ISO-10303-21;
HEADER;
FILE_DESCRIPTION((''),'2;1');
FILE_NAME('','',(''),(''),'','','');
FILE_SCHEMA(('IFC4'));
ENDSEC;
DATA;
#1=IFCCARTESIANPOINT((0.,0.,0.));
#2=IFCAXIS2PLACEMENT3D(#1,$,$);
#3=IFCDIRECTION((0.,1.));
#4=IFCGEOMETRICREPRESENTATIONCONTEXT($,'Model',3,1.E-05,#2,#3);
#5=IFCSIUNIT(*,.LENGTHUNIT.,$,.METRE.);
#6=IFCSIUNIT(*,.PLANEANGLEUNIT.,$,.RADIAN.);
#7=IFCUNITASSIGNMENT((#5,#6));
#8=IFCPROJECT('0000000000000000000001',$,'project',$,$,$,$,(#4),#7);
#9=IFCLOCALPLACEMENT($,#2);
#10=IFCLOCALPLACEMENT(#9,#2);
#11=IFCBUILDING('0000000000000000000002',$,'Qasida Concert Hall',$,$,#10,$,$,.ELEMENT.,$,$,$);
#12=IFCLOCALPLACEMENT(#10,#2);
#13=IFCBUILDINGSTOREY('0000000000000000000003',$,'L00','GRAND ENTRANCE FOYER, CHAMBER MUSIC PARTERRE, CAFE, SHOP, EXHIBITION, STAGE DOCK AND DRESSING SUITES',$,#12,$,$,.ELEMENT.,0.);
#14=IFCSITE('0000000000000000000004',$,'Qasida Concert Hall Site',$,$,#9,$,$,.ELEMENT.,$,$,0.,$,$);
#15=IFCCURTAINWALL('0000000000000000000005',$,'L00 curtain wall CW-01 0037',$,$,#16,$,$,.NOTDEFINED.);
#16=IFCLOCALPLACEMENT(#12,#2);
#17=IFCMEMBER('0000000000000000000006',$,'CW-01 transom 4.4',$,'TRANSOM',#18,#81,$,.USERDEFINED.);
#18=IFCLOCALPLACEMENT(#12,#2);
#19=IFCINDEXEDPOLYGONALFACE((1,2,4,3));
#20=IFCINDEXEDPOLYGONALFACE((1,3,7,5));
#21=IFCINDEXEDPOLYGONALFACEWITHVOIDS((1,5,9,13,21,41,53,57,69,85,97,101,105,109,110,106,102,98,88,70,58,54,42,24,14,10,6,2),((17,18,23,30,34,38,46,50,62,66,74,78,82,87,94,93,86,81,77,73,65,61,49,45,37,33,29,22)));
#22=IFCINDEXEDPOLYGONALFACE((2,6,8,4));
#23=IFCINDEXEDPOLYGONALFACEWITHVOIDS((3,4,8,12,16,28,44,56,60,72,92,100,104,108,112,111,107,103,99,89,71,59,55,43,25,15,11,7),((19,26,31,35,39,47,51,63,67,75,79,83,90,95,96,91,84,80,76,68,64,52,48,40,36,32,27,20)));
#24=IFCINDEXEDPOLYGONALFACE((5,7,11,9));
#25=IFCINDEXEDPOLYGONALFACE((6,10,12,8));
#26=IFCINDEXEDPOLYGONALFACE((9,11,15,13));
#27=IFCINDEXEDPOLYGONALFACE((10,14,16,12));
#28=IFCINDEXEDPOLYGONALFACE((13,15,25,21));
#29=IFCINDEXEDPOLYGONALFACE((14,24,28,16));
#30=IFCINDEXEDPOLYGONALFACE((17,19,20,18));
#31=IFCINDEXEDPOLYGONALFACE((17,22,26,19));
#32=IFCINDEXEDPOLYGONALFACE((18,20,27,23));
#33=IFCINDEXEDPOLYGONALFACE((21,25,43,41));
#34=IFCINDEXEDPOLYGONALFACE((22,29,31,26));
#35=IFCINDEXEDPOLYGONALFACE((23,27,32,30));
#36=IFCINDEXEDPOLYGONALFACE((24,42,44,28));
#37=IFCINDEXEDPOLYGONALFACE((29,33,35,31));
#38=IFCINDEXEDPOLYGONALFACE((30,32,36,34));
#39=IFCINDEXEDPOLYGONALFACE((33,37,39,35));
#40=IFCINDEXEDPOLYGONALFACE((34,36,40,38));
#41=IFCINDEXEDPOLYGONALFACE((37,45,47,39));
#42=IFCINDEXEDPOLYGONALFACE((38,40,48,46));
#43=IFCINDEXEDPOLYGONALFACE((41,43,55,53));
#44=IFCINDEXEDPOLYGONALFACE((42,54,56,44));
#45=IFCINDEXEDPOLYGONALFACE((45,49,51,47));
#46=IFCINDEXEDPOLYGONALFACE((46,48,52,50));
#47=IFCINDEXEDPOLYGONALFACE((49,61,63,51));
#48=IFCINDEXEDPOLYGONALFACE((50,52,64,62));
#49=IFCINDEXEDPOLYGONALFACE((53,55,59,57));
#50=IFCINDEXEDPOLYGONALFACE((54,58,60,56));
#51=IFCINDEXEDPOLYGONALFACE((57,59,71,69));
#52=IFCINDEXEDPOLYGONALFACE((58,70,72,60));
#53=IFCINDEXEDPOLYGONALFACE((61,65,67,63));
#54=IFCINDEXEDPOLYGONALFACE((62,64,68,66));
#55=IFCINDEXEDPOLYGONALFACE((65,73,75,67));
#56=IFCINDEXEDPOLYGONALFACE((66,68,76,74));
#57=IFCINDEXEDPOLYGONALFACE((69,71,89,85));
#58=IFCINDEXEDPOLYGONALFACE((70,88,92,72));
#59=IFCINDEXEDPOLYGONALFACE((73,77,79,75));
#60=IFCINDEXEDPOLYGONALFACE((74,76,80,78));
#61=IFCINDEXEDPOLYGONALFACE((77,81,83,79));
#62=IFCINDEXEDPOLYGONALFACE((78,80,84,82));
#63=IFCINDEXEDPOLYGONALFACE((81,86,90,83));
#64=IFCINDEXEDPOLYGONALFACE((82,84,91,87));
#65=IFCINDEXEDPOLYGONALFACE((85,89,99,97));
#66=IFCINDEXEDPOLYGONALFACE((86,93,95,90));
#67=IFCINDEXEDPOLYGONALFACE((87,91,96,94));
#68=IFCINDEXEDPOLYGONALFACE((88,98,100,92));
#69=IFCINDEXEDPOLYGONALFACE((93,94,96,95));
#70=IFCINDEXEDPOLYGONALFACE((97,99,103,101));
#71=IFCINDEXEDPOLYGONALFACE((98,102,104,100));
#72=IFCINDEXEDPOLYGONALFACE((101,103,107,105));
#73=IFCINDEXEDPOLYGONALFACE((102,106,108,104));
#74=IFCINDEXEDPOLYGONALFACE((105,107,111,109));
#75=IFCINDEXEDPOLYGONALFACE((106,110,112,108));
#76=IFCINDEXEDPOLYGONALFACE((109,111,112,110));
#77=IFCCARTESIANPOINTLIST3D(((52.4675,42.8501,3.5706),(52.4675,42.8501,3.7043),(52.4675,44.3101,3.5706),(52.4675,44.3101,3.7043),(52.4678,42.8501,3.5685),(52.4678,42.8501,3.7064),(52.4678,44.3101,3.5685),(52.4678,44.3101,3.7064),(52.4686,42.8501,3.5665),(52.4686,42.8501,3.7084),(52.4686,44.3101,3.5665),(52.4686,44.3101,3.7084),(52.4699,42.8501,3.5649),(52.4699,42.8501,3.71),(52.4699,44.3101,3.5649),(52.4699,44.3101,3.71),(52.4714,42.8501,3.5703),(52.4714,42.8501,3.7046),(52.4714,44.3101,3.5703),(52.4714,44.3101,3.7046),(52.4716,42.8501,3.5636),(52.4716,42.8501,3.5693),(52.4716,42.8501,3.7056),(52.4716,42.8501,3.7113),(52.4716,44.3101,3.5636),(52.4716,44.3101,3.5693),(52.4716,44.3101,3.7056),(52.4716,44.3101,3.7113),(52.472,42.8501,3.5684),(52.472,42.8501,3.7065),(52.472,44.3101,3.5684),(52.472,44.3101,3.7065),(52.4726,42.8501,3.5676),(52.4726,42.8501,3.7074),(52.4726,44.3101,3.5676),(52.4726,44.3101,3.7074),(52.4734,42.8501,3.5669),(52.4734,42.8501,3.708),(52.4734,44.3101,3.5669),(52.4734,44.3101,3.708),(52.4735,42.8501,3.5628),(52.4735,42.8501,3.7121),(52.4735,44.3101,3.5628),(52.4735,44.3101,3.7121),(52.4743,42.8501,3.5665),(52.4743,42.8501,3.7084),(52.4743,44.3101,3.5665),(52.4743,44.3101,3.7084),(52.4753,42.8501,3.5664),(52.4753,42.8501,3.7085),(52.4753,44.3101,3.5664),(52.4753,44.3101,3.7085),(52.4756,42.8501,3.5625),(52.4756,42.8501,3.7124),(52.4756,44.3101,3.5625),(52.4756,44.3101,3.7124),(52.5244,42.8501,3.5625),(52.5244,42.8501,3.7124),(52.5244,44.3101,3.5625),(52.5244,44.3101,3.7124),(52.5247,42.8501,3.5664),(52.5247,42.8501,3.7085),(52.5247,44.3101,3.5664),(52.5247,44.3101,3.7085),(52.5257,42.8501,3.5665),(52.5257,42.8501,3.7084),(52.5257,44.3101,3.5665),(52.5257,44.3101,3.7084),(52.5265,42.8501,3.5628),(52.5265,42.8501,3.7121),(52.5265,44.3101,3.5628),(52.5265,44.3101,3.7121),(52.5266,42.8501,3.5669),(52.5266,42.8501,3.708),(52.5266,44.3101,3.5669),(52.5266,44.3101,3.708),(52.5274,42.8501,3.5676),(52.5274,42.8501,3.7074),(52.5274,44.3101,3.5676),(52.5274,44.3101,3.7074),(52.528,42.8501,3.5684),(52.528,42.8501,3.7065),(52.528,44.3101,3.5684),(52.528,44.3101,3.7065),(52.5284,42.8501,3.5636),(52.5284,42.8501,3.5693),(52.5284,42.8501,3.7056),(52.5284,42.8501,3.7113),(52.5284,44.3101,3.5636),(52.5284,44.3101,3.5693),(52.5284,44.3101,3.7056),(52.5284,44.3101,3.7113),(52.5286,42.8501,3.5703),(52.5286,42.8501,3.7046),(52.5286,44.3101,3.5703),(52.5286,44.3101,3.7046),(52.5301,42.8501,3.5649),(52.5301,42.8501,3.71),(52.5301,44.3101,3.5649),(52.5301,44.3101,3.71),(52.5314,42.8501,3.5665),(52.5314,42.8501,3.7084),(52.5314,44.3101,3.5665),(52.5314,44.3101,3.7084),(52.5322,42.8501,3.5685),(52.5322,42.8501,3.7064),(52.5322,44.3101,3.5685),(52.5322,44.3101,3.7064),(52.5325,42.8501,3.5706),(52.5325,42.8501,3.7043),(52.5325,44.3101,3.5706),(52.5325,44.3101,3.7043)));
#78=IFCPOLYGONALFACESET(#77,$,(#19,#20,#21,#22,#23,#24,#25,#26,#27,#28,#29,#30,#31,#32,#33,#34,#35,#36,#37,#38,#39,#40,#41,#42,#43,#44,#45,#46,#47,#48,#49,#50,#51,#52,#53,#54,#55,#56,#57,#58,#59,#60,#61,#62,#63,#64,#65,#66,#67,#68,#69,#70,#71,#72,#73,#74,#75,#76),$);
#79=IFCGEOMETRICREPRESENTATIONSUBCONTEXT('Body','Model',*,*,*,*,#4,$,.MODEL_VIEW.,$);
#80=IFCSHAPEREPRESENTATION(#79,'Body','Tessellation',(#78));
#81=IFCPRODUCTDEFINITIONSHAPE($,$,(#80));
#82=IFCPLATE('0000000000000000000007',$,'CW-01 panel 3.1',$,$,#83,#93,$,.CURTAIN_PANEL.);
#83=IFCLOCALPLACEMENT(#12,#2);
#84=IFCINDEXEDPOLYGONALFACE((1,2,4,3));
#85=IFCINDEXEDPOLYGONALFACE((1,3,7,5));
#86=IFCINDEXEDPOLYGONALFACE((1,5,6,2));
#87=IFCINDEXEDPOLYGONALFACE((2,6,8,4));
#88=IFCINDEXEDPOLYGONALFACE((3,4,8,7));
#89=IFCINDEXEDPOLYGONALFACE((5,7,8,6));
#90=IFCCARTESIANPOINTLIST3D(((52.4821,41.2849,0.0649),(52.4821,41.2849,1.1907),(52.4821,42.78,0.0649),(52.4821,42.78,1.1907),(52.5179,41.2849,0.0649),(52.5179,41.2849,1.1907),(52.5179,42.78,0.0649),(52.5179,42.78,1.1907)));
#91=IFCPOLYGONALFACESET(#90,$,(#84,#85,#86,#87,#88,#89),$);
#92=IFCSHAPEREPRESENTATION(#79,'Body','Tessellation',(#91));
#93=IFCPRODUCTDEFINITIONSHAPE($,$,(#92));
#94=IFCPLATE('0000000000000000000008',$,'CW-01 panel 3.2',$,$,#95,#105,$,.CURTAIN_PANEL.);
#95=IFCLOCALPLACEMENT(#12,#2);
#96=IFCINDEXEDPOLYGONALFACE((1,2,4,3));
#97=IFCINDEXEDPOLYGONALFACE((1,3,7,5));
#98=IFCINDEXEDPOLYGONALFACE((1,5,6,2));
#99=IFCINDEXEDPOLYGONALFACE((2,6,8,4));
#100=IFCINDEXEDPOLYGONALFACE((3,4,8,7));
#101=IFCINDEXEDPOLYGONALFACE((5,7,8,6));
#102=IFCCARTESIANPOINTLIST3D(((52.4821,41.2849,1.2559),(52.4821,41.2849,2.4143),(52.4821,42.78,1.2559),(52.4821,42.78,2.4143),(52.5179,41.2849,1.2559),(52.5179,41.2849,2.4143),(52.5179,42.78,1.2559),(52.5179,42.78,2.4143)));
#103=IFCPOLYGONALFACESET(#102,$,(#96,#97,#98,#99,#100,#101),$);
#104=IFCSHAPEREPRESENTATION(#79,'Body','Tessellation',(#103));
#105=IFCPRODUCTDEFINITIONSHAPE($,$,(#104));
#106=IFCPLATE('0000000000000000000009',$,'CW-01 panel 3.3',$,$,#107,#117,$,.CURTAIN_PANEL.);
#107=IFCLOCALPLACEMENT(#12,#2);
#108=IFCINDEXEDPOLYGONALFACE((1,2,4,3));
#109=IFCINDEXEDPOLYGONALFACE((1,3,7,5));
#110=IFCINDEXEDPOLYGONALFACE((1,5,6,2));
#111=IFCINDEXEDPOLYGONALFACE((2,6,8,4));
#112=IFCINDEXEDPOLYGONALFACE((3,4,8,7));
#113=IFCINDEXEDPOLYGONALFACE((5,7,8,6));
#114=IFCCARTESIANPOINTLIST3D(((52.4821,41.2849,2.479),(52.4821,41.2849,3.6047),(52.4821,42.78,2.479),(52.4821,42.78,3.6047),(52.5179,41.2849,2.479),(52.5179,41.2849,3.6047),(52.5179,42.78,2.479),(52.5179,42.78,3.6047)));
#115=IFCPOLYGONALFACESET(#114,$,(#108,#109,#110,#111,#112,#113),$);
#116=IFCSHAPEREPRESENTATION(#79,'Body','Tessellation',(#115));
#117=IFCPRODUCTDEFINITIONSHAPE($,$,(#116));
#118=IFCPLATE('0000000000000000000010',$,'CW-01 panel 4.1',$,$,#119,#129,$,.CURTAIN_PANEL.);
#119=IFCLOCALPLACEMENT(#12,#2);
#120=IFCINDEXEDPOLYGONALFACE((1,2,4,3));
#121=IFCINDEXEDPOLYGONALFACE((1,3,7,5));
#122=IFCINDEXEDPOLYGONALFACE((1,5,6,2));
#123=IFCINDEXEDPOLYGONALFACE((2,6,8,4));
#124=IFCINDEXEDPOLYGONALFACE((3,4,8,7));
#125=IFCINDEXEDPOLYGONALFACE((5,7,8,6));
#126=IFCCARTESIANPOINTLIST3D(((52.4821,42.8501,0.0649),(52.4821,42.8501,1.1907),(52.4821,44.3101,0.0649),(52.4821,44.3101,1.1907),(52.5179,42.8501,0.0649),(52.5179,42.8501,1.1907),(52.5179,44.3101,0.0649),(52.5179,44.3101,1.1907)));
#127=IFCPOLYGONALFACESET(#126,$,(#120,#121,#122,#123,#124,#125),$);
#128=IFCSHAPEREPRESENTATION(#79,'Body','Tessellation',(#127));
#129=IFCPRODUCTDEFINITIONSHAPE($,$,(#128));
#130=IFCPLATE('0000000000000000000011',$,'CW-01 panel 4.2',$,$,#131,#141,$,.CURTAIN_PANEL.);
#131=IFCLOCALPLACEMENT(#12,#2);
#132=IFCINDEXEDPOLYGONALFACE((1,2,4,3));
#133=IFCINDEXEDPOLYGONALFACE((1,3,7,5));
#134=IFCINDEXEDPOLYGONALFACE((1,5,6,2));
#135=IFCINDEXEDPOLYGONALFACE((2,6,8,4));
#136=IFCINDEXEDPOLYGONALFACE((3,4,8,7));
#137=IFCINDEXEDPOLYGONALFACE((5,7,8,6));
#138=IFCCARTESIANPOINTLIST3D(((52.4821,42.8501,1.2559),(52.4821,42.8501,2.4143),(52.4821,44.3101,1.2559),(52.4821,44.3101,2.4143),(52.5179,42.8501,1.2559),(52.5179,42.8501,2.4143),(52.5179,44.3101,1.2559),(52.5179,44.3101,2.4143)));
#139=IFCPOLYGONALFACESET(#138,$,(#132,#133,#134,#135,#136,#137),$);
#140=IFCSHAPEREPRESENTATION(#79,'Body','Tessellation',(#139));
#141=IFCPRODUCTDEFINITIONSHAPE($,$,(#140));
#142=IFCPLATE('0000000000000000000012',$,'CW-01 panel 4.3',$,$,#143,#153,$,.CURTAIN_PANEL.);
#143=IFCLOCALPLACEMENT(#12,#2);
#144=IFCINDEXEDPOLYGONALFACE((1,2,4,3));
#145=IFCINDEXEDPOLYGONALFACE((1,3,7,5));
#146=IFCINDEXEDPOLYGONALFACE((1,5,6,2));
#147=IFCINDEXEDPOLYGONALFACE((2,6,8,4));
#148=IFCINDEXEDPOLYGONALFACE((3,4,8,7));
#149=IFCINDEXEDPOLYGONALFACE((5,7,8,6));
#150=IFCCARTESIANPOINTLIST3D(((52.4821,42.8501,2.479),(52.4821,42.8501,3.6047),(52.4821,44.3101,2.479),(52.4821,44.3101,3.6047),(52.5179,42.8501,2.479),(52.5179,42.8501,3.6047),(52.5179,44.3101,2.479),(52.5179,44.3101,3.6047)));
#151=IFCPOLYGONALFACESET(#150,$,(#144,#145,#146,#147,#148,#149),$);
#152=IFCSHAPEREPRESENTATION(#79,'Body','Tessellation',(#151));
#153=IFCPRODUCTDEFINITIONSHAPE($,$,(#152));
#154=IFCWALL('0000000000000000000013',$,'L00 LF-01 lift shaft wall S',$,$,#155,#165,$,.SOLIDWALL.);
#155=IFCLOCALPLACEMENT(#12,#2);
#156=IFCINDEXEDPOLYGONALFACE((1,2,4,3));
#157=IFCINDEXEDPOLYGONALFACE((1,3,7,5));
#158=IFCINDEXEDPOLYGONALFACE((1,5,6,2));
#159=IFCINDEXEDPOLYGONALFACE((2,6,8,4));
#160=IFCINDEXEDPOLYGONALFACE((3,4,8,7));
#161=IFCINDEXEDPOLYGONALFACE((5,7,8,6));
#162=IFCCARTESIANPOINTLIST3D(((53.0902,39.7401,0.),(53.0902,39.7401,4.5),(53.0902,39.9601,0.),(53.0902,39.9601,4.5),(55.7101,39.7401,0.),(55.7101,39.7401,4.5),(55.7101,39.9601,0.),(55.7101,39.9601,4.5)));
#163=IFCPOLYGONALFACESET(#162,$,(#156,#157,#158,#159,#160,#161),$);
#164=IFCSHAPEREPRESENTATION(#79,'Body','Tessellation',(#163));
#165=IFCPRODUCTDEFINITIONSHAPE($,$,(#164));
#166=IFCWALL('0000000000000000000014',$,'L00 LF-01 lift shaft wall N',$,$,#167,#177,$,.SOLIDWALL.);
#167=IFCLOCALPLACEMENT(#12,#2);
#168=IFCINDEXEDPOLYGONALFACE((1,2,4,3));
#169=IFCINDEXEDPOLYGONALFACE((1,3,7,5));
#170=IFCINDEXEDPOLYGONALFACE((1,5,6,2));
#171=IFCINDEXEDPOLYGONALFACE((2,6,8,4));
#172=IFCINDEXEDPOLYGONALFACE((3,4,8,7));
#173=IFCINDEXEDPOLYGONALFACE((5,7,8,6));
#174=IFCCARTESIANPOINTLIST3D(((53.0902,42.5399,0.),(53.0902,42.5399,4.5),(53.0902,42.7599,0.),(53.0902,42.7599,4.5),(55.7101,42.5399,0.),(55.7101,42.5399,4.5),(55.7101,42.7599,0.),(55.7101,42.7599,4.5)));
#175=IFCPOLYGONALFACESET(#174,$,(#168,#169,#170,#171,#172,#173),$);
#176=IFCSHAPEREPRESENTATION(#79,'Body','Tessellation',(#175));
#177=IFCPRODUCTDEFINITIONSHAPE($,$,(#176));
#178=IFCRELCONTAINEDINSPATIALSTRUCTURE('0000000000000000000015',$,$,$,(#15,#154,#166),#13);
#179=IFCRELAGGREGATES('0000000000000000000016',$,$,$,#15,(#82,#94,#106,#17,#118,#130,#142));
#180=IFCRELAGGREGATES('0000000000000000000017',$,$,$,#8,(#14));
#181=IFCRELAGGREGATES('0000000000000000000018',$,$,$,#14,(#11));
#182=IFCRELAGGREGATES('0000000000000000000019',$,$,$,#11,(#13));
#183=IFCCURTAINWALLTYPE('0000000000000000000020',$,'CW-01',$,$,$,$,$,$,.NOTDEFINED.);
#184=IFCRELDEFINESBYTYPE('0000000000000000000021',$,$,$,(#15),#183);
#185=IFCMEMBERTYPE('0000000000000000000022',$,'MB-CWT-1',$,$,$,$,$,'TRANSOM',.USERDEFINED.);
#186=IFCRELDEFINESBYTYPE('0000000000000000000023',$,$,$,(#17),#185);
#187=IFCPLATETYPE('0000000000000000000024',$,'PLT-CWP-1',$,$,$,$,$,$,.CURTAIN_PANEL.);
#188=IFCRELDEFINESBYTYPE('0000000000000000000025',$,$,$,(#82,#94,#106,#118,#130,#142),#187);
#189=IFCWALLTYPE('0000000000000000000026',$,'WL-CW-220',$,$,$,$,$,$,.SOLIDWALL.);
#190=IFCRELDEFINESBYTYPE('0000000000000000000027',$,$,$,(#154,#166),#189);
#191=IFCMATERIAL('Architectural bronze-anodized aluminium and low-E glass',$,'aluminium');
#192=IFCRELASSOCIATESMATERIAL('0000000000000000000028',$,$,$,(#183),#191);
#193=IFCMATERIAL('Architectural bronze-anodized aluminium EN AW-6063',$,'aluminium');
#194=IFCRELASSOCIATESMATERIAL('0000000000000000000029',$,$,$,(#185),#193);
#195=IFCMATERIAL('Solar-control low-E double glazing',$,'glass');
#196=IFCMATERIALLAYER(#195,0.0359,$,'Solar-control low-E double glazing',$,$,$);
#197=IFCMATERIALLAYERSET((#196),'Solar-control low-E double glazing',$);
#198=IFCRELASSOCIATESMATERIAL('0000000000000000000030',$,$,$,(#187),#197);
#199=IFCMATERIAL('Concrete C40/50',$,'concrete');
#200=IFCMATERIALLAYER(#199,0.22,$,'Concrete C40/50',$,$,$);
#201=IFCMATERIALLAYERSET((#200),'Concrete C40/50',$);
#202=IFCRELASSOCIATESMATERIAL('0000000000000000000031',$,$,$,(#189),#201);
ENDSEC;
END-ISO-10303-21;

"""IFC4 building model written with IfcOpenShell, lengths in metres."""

from ifc_helpers import new_model, si_unit, direction, frame, frame_2d, origin, origin_2d, place, context, subcontext, project, spatial, rectangle, hollow_rectangle, extrude, material, layer, layer_set, material_profile, profile_set, type_object, element, aggregate, save


model = new_model("IFC4")

# Units and contexts
model_context = context("Model", 3, precision=1e-05, world=origin(), true_north=direction((0.0, 1.0)))
body_context = subcontext(model_context, "Body", "Model", "MODEL_VIEW")
ifc_project = project(units=[si_unit("LENGTHUNIT", "METRE"), si_unit("PLANEANGLEUNIT", "RADIAN")], contexts=[model_context])

# Site, building, storey
site_placement = place(None, origin())
site = spatial("IfcSite", under=ifc_project, at=site_placement, Name="Qasida Concert Hall Site", CompositionType="ELEMENT", RefElevation=0.0)
building_placement = place(site_placement, origin())
building = spatial("IfcBuilding", under=site, at=building_placement, Name="Qasida Concert Hall", CompositionType="ELEMENT")
storey_placement = place(building_placement, origin())
storey = spatial("IfcBuildingStorey", under=building, at=storey_placement, Name="L00", Description="GRAND ENTRANCE FOYER, CHAMBER MUSIC PARTERRE, CAFE, SHOP, EXHIBITION, STAGE DOCK AND DRESSING SUITES", CompositionType="ELEMENT", Elevation=0.0)

# Shared definitions
ifc_material_1 = material(Name="Concrete C40/50", Category="concrete")

# Curtain wall, member, plates
ifc_material_2 = material(Name="Architectural bronze-anodized aluminium and low-E glass", Category="aluminium")
curtain_wall_type = type_object("IfcCurtainWallType", Name="CW-01", PredefinedType="NOTDEFINED", material=ifc_material_2)
curtain_wall_placement = place(storey_placement, origin())
curtain_wall = element("IfcCurtainWall", 1, at=curtain_wall_placement, inside=storey, type_object=curtain_wall_type, Name="L00 curtain wall CW-01 0037", PredefinedType="NOTDEFINED")
ifc_material_3 = material(Name="Architectural bronze-anodized aluminium EN AW-6063", Category="aluminium")
ifc_material_profile_1 = material_profile(ifc_material_3, hollow_rectangle(XDim=0.0649, YDim=0.1499, WallThickness=0.0039, InnerFilletRadius=0.0039, OuterFilletRadius=0.0081, at=origin_2d()), Name="CWT 150x65x4")
ifc_profile_set_1 = profile_set([ifc_material_profile_1], Name="Architectural bronze-anodized aluminium EN AW-6063")
member_type_1 = type_object("IfcMemberType", Name="MB-CWT-1", ElementType="TRANSOM", PredefinedType="USERDEFINED", material=ifc_profile_set_1)
member_1_placement = place(storey_placement, frame((52.5, 42.8501, 3.6375), z_axis=(0.0, 1.0, 0.0), x_axis=(-1.0, 0.0, 0.0)))
member_1 = element("IfcMember", 2, at=member_1_placement, type_object=member_type_1, Name="CW-01 transom 4.4", ObjectType="TRANSOM", PredefinedType="USERDEFINED", context=body_context, shape_type="SweptSolid", body=[
    extrude(hollow_rectangle(XDim=0.0649, YDim=0.1499, WallThickness=0.0039, InnerFilletRadius=0.0039, OuterFilletRadius=0.0081, at=origin_2d()), origin(), (0.0, 0.0, 1.0), 1.46),
])
ifc_material_4 = material(Name="Solar-control low-E double glazing", Category="glass")
ifc_layer_1 = layer(ifc_material_4, 0.0359, Name="Solar-control low-E double glazing")
ifc_layer_set_1 = layer_set([ifc_layer_1], Name="Solar-control low-E double glazing")
plate_type = type_object("IfcPlateType", Name="PLT-CWP-1", PredefinedType="CURTAIN_PANEL", material=ifc_layer_set_1)
plate_1_placement = place(storey_placement, frame((52.5, 42.0325, 0.0649), z_axis=(0.0, 0.0, 1.0), x_axis=(0.0, 1.0, 0.0)))
plate_1 = element("IfcPlate", 3, at=plate_1_placement, type_object=plate_type, Name="CW-01 panel 3.1", PredefinedType="CURTAIN_PANEL", context=body_context, shape_type="SweptSolid", body=[
    extrude(rectangle(XDim=1.4951, YDim=0.0359, at=origin_2d()), origin(), (0.0, 0.0, 1.0), 1.1257),
])
plate_2_placement = place(storey_placement, frame((52.5, 42.0325, 1.2559), z_axis=(0.0, 0.0, 1.0), x_axis=(0.0, 1.0, 0.0)))
plate_2 = element("IfcPlate", 4, at=plate_2_placement, type_object=plate_type, Name="CW-01 panel 3.2", PredefinedType="CURTAIN_PANEL", context=body_context, shape_type="SweptSolid", body=[
    extrude(rectangle(XDim=1.4951, YDim=0.0359, at=origin_2d()), origin(), (0.0, 0.0, 1.0), 1.1584),
])
plate_3_placement = place(storey_placement, frame((52.5, 42.0325, 2.479), z_axis=(0.0, 0.0, 1.0), x_axis=(0.0, 1.0, 0.0)))
plate_3 = element("IfcPlate", 5, at=plate_3_placement, type_object=plate_type, Name="CW-01 panel 3.3", PredefinedType="CURTAIN_PANEL", context=body_context, shape_type="SweptSolid", body=[
    extrude(rectangle(XDim=1.4951, YDim=0.0359, at=origin_2d()), origin(), (0.0, 0.0, 1.0), 1.1257),
])
plate_4_placement = place(storey_placement, frame((52.5, 43.5801, 0.0649), z_axis=(0.0, 0.0, 1.0), x_axis=(0.0, 1.0, 0.0)))
plate_4 = element("IfcPlate", 6, at=plate_4_placement, type_object=plate_type, Name="CW-01 panel 4.1", PredefinedType="CURTAIN_PANEL", context=body_context, shape_type="SweptSolid", body=[
    extrude(rectangle(XDim=1.46, YDim=0.0359, at=origin_2d()), origin(), (0.0, 0.0, 1.0), 1.1257),
])
plate_5_placement = place(storey_placement, frame((52.5, 43.5801, 1.2559), z_axis=(0.0, 0.0, 1.0), x_axis=(0.0, 1.0, 0.0)))
plate_5 = element("IfcPlate", 7, at=plate_5_placement, type_object=plate_type, Name="CW-01 panel 4.2", PredefinedType="CURTAIN_PANEL", context=body_context, shape_type="SweptSolid", body=[
    extrude(rectangle(XDim=1.46, YDim=0.0359, at=origin_2d()), origin(), (0.0, 0.0, 1.0), 1.1584),
])
plate_6_placement = place(storey_placement, frame((52.5, 43.5801, 2.479), z_axis=(0.0, 0.0, 1.0), x_axis=(0.0, 1.0, 0.0)))
plate_6 = element("IfcPlate", 8, at=plate_6_placement, type_object=plate_type, Name="CW-01 panel 4.3", PredefinedType="CURTAIN_PANEL", context=body_context, shape_type="SweptSolid", body=[
    extrude(rectangle(XDim=1.46, YDim=0.0359, at=origin_2d()), origin(), (0.0, 0.0, 1.0), 1.1257),
])
aggregate(curtain_wall, [plate_1, plate_2, plate_3, member_1, plate_4, plate_5, plate_6])

# Walls
ifc_layer_2 = layer(ifc_material_1, 0.22, Name="Concrete C40/50")
ifc_layer_set_2 = layer_set([ifc_layer_2], Name="Concrete C40/50")
wall_type_1 = type_object("IfcWallType", Name="WL-CW-220", PredefinedType="SOLIDWALL", material=ifc_layer_set_2)
for number, where, z_axis, x_axis, name in (
    (9, (53.0901, 39.8501, 0.0), (0.0, 0.0, 1.0), (1.0, 0.0, 0.0), "L00 LF-01 lift shaft wall S"),
    (10, (53.0901, 42.6499, 0.0), (0.0, 0.0, 1.0), (1.0, 0.0, 0.0), "L00 LF-01 lift shaft wall N"),
):
    element("IfcWall", number, at=place(storey_placement, frame(where, z_axis=z_axis, x_axis=x_axis)), inside=storey, type_object=wall_type_1, Name=name, PredefinedType="SOLIDWALL", context=body_context, shape_type="SweptSolid", body=[
        extrude(rectangle(XDim=2.6199, YDim=0.22, at=frame_2d((1.3101, 0.0))), origin(), (0.0, 0.0, 1.0), 4.5),
    ])

save(model, "model.ifc")
